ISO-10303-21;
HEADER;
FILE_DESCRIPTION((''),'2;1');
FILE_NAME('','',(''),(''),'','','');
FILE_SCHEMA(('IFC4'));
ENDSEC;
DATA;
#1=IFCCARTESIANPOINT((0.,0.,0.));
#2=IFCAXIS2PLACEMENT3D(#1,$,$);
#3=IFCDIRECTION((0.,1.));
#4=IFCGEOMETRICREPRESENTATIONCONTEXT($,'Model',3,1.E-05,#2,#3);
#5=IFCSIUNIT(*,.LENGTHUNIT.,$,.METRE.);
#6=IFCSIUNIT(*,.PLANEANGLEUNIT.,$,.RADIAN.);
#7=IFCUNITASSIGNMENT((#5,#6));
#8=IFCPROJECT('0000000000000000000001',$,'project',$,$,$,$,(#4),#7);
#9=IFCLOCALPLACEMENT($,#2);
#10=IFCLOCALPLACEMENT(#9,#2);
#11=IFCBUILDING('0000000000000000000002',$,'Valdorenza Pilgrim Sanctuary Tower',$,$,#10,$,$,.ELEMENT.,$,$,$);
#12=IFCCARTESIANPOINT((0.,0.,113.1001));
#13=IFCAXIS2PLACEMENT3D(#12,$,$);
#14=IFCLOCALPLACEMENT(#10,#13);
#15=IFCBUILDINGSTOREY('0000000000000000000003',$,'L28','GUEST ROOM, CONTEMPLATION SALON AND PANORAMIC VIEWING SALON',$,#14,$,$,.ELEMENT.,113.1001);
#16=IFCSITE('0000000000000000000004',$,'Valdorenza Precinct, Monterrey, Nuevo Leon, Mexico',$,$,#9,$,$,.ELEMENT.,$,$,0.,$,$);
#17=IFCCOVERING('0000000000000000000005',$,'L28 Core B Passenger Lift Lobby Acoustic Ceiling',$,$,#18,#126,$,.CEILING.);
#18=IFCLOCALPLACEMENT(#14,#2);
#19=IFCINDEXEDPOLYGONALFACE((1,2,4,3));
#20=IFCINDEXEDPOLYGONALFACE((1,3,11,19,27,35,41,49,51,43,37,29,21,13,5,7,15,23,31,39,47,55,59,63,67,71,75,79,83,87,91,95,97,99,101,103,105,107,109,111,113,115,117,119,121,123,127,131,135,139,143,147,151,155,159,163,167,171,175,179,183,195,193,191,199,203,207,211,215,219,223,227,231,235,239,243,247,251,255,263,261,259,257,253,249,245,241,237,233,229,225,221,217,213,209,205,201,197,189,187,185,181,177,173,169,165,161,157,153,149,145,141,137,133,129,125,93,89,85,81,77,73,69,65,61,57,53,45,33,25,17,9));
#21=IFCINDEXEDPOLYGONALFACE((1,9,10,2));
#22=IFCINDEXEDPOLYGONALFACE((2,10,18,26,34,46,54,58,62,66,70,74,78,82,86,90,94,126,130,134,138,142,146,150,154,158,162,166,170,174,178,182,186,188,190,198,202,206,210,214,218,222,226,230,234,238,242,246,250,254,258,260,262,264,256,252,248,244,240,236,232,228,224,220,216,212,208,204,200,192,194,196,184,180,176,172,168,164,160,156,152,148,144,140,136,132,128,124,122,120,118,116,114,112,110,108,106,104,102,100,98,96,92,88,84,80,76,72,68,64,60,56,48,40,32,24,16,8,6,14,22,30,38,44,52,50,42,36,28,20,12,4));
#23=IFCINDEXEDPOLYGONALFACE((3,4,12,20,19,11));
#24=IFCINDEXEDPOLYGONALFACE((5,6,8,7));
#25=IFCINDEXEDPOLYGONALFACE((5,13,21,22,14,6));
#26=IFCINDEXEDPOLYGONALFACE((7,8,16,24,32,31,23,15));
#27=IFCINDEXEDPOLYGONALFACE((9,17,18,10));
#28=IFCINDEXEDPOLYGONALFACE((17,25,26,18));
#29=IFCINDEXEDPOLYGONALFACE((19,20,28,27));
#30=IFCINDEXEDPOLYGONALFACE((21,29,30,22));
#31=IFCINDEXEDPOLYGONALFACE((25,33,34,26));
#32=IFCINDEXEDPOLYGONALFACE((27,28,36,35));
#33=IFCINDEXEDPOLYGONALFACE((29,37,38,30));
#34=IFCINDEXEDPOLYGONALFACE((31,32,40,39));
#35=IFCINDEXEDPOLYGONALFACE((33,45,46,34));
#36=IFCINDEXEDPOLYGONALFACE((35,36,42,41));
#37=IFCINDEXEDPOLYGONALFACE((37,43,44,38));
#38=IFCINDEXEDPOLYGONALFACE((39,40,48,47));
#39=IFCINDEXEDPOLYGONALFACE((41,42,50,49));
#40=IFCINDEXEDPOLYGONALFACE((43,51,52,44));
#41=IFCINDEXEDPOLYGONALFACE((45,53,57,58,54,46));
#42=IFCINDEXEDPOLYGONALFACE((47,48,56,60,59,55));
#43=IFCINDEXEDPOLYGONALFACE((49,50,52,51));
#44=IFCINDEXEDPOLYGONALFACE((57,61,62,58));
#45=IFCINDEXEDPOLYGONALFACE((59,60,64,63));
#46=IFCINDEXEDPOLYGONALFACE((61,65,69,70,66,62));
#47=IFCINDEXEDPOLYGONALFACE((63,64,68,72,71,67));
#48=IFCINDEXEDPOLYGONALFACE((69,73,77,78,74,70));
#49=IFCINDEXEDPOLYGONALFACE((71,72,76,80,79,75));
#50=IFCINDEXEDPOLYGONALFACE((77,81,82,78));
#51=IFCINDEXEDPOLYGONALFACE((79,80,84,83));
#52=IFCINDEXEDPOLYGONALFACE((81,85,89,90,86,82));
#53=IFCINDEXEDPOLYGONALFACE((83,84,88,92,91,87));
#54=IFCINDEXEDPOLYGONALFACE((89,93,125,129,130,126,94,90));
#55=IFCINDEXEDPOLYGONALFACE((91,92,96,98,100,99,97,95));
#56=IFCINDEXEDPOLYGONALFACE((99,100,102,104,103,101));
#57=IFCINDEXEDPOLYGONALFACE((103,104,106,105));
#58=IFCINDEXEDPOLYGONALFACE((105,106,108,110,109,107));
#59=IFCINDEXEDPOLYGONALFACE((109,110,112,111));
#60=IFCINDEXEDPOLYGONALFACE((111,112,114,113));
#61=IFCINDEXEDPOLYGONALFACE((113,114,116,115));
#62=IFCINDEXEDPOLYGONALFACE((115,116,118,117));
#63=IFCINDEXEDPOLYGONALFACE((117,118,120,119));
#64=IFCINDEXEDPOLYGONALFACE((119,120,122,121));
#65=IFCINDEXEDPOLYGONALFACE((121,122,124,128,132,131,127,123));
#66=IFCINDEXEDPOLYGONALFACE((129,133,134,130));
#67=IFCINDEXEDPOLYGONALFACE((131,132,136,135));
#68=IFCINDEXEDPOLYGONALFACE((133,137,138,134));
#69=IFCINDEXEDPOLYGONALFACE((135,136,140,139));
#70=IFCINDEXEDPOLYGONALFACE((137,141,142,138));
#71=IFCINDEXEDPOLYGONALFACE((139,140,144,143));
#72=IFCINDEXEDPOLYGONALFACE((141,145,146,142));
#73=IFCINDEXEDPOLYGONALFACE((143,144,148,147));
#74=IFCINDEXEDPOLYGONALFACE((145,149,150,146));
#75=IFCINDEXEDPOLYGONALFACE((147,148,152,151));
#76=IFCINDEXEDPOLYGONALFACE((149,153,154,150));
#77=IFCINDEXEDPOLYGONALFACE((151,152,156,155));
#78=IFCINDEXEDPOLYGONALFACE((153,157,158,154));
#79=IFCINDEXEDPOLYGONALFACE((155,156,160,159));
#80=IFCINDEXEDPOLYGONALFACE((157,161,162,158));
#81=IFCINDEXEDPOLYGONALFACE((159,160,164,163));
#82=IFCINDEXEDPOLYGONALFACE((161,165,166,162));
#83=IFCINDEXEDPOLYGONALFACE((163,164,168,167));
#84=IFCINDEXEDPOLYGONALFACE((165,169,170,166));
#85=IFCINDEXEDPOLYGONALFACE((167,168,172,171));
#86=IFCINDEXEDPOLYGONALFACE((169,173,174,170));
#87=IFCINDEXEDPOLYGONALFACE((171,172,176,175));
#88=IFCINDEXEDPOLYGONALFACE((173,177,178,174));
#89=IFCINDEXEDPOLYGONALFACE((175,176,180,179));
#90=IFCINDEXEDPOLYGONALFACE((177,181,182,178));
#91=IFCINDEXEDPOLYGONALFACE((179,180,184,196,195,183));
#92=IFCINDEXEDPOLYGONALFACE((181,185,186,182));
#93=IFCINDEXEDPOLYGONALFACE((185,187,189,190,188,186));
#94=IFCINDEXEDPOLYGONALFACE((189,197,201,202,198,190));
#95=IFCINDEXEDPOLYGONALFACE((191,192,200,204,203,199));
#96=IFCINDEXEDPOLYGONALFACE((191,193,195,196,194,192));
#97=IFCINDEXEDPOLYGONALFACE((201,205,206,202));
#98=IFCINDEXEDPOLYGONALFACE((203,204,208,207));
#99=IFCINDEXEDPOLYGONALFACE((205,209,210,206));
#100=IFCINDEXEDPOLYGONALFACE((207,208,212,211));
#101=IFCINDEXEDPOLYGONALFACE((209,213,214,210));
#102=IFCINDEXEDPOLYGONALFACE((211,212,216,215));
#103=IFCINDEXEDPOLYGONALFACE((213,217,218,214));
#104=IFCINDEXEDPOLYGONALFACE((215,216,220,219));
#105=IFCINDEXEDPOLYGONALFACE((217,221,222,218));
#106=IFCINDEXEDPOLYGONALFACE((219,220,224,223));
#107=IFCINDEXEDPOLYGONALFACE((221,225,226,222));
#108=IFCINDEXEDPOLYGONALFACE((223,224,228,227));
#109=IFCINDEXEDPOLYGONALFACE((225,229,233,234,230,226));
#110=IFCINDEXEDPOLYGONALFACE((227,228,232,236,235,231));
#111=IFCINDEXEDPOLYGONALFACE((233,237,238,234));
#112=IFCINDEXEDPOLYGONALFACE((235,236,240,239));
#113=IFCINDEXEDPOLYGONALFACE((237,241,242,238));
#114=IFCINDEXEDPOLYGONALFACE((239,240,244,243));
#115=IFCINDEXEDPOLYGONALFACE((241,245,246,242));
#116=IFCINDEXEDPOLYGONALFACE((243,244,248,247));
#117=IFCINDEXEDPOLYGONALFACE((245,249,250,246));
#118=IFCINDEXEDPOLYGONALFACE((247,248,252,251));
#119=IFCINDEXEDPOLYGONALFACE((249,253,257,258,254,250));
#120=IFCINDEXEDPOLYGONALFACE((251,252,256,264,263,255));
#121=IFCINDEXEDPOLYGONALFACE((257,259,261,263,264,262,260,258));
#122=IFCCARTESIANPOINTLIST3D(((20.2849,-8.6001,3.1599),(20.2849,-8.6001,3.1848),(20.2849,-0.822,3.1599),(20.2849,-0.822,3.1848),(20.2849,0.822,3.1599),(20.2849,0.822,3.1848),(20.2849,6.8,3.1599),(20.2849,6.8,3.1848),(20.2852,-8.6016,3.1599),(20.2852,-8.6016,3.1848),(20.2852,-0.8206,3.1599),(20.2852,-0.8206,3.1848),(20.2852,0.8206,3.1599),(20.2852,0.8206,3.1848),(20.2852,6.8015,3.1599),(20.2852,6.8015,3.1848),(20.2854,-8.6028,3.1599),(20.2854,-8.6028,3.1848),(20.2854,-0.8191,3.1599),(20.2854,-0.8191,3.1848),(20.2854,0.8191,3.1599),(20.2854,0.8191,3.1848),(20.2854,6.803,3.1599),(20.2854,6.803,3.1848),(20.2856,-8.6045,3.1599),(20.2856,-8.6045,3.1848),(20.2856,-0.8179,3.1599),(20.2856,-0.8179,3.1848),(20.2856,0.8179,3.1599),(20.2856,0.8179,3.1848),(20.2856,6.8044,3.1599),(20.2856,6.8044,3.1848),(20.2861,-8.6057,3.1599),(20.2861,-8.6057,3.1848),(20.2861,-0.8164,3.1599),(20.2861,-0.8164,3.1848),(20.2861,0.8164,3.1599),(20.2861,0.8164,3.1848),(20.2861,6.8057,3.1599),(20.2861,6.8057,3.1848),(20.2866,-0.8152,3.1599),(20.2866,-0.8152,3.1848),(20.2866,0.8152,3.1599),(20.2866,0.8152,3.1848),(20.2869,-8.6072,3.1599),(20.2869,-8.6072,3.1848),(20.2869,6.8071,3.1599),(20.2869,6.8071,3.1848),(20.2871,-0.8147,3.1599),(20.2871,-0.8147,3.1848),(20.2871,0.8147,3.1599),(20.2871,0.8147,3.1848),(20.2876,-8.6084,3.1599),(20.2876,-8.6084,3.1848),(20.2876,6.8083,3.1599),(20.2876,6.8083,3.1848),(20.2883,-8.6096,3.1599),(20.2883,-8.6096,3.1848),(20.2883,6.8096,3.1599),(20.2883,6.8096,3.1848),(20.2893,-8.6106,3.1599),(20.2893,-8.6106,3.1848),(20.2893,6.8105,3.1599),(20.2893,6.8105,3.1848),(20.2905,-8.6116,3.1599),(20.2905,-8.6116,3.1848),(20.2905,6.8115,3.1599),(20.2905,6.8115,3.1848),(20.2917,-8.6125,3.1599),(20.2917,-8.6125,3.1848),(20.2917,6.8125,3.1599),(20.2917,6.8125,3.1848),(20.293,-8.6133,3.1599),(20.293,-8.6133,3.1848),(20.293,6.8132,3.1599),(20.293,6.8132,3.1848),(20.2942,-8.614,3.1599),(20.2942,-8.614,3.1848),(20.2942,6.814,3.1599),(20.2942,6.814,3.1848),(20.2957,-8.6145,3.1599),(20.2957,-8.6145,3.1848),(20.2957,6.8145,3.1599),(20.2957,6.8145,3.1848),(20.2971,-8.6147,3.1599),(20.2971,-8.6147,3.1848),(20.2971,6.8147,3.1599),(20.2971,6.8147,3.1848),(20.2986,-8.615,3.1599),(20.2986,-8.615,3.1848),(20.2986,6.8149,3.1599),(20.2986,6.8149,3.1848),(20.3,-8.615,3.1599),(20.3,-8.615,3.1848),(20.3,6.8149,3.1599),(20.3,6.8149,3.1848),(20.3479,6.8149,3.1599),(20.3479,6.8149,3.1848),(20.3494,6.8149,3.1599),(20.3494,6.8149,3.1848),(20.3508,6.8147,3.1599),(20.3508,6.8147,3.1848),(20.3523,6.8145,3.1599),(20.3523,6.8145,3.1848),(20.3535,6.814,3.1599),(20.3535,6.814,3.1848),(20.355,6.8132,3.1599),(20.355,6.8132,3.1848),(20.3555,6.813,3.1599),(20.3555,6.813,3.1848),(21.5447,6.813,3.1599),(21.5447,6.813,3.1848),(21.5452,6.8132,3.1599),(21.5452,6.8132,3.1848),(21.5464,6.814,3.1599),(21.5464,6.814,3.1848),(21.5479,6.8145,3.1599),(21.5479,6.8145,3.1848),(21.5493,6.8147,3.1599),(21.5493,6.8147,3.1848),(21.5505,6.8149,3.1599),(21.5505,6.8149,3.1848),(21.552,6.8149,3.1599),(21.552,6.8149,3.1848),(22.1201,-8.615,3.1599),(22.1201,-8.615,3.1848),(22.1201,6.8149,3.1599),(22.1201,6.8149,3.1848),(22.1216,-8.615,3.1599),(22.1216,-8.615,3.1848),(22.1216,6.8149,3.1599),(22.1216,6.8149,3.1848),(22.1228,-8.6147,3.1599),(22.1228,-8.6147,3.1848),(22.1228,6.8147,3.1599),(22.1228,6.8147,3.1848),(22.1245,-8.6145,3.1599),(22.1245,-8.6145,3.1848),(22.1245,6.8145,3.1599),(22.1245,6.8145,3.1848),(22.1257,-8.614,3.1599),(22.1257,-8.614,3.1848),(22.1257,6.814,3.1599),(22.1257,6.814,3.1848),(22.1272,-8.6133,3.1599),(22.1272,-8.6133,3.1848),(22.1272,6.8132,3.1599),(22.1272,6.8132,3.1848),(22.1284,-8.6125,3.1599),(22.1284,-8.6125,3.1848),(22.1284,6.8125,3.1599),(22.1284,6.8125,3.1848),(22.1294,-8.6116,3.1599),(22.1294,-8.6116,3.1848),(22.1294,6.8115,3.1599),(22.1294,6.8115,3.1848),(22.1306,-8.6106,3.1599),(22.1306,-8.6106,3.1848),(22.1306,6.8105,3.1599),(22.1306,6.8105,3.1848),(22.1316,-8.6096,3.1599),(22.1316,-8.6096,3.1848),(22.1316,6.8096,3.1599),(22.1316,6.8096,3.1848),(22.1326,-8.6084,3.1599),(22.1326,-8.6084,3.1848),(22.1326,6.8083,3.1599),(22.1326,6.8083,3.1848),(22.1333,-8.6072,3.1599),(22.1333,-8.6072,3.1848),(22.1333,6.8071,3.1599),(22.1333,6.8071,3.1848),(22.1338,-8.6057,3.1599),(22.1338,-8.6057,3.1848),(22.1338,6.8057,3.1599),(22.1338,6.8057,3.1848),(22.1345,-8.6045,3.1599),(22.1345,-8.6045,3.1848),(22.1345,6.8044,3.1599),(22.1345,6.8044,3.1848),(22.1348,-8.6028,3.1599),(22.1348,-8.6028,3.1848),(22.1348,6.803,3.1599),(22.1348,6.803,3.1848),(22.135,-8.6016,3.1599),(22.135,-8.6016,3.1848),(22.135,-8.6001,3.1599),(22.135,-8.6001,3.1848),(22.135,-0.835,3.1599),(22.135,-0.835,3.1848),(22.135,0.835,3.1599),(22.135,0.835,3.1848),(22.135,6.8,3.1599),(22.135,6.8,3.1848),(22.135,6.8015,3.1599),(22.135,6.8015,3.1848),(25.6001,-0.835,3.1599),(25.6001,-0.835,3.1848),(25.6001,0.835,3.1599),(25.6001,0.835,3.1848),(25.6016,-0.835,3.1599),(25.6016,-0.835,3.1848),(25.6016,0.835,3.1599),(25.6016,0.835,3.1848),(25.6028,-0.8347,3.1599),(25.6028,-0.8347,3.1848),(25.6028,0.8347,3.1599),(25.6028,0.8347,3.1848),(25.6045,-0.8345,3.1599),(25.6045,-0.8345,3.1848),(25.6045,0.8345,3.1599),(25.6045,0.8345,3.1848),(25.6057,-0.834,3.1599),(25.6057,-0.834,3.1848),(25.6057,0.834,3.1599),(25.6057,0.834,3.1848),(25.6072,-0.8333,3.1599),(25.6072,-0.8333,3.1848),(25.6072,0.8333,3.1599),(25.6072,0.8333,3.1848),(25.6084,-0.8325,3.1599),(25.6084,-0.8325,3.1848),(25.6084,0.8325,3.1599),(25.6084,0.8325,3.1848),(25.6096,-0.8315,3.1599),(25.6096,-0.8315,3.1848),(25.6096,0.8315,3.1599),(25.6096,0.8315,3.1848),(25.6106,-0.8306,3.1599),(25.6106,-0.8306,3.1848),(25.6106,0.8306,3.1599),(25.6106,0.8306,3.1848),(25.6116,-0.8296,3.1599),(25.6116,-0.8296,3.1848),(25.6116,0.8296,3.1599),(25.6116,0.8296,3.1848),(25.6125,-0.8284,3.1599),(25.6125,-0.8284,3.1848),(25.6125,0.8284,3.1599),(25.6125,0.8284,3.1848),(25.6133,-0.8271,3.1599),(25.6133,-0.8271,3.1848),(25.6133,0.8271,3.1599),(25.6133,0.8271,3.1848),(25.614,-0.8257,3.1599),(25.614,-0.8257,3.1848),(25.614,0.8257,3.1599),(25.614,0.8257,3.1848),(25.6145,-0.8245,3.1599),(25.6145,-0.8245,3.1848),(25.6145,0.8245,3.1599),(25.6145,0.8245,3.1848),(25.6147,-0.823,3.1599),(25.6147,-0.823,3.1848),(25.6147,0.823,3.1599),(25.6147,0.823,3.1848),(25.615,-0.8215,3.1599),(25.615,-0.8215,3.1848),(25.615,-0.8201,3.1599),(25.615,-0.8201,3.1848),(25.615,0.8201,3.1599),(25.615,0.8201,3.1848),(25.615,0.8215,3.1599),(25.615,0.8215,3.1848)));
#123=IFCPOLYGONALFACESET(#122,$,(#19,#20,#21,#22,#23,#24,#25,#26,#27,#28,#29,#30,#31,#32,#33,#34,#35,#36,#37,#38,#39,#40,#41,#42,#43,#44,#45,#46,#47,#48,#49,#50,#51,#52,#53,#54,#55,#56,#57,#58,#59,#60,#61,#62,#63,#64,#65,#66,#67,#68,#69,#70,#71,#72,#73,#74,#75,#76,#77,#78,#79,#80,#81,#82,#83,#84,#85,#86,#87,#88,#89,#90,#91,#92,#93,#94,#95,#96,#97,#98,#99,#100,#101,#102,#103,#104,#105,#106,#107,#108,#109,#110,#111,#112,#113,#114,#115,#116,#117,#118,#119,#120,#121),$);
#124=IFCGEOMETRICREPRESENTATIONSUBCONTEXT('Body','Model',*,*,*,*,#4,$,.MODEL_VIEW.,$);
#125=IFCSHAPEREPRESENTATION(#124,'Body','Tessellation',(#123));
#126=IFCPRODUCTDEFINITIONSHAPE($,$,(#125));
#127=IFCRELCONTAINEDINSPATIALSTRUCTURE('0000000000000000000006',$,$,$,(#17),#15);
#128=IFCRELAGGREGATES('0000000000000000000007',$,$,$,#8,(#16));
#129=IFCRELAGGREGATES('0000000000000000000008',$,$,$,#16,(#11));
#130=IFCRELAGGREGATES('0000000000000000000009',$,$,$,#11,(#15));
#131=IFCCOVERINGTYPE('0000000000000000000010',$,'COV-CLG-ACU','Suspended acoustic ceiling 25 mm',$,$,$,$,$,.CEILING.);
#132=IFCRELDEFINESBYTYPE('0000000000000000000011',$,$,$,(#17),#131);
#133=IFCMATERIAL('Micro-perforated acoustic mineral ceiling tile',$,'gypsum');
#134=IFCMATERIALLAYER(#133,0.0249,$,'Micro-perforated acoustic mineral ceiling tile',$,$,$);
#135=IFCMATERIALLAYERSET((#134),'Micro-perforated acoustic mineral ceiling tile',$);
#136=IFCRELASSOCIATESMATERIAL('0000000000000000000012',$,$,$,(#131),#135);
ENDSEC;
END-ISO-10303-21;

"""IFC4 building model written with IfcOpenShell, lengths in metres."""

from ifc_helpers import new_model, si_unit, direction, frame, origin, place, context, subcontext, project, spatial, polyline, outline, extrude, material, layer, layer_set, type_object, element, save


model = new_model("IFC4")

# Units and contexts
model_context = context("Model", 3, precision=1e-05, world=origin(), true_north=direction((0.0, 1.0)))
body_context = subcontext(model_context, "Body", "Model", "MODEL_VIEW")
ifc_project = project(units=[si_unit("LENGTHUNIT", "METRE"), si_unit("PLANEANGLEUNIT", "RADIAN")], contexts=[model_context])

# Site, building, storey
site_placement = place(None, origin())
site = spatial("IfcSite", under=ifc_project, at=site_placement, Name="Valdorenza Precinct, Monterrey, Nuevo Leon, Mexico", CompositionType="ELEMENT", RefElevation=0.0)
building_placement = place(site_placement, origin())
building = spatial("IfcBuilding", under=site, at=building_placement, Name="Valdorenza Pilgrim Sanctuary Tower", CompositionType="ELEMENT")
storey_placement = place(building_placement, frame((0.0, 0.0, 113.1001)))
storey = spatial("IfcBuildingStorey", under=building, at=storey_placement, Name="L28", Description="GUEST ROOM, CONTEMPLATION SALON AND PANORAMIC VIEWING SALON", CompositionType="ELEMENT", Elevation=113.1001)

# Covering
ifc_material_1 = material(Name="Micro-perforated acoustic mineral ceiling tile", Category="gypsum")
ifc_layer_1 = layer(ifc_material_1, 0.0249, Name="Micro-perforated acoustic mineral ceiling tile")
ifc_layer_set_1 = layer_set([ifc_layer_1], Name="Micro-perforated acoustic mineral ceiling tile")
covering_type_1 = type_object("IfcCoveringType", Name="COV-CLG-ACU", Description="Suspended acoustic ceiling 25 mm", PredefinedType="CEILING", material=ifc_layer_set_1)
covering_1_placement = place(storey_placement, frame((0.0, 0.0, 3.1599)))
element("IfcCovering", 1, at=covering_1_placement, inside=storey, type_object=covering_type_1, Name="L28 Core B Passenger Lift Lobby Acoustic Ceiling", PredefinedType="CEILING", context=body_context, shape_type="SweptSolid", body=[
    extrude(outline(polyline([(20.2871, -0.8147), (20.2871, 0.8147), (20.2866, 0.8152), (20.2861, 0.8164), (20.2856, 0.8179), (20.2854, 0.8191), (20.2852, 0.8206), (20.2849, 0.822), (20.2849, 6.8), (20.2852, 6.8015), (20.2854, 6.803), (20.2856, 6.8044), (20.2861, 6.8057), (20.2869, 6.8071), (20.2876, 6.8083), (20.2883, 6.8096), (20.2893, 6.8105), (20.2905, 6.8115), (20.2917, 6.8125), (20.293, 6.8132), (20.2942, 6.814), (20.2957, 6.8145), (20.2971, 6.8147), (20.2986, 6.8149), (20.3, 6.8149), (20.3479, 6.8149), (20.3494, 6.8149), (20.3508, 6.8147), (20.3523, 6.8145), (20.3535, 6.814), (20.355, 6.8132), (20.3555, 6.813), (21.5447, 6.813), (21.5452, 6.8132), (21.5464, 6.814), (21.5479, 6.8145), (21.5493, 6.8147), (21.5505, 6.8149), (21.552, 6.8149), (22.1201, 6.8149), (22.1216, 6.8149), (22.1228, 6.8147), (22.1245, 6.8145), (22.1257, 6.814), (22.1272, 6.8132), (22.1284, 6.8125), (22.1294, 6.8115), (22.1306, 6.8105), (22.1316, 6.8096), (22.1326, 6.8083), (22.1333, 6.8071), (22.1338, 6.8057), (22.1345, 6.8044), (22.1348, 6.803), (22.135, 6.8015), (22.135, 6.8), (22.135, 0.835), (25.6001, 0.835), (25.6016, 0.835), (25.6028, 0.8347), (25.6045, 0.8345), (25.6057, 0.834), (25.6072, 0.8333), (25.6084, 0.8325), (25.6096, 0.8315), (25.6106, 0.8306), (25.6116, 0.8296), (25.6125, 0.8284), (25.6133, 0.8271), (25.614, 0.8257), (25.6145, 0.8245), (25.6147, 0.823), (25.615, 0.8215), (25.615, 0.8201), (25.615, -0.8201), (25.615, -0.8215), (25.6147, -0.823), (25.6145, -0.8245), (25.614, -0.8257), (25.6133, -0.8271), (25.6125, -0.8284), (25.6116, -0.8296), (25.6106, -0.8306), (25.6096, -0.8315), (25.6084, -0.8325), (25.6072, -0.8333), (25.6057, -0.834), (25.6045, -0.8345), (25.6028, -0.8347), (25.6016, -0.835), (25.6001, -0.835), (22.135, -0.835), (22.135, -8.6001), (22.135, -8.6016), (22.1348, -8.6028), (22.1345, -8.6045), (22.1338, -8.6057), (22.1333, -8.6072), (22.1326, -8.6084), (22.1316, -8.6096), (22.1306, -8.6106), (22.1294, -8.6116), (22.1284, -8.6125), (22.1272, -8.6133), (22.1257, -8.614), (22.1245, -8.6145), (22.1228, -8.6147), (22.1216, -8.615), (22.1201, -8.615), (20.3, -8.615), (20.2986, -8.615), (20.2971, -8.6147), (20.2957, -8.6145), (20.2942, -8.614), (20.293, -8.6133), (20.2917, -8.6125), (20.2905, -8.6116), (20.2893, -8.6106), (20.2883, -8.6096), (20.2876, -8.6084), (20.2869, -8.6072), (20.2861, -8.6057), (20.2856, -8.6045), (20.2854, -8.6028), (20.2852, -8.6016), (20.2849, -8.6001), (20.2849, -0.822), (20.2852, -0.8206), (20.2854, -0.8191), (20.2856, -0.8179), (20.2861, -0.8164), (20.2866, -0.8152), (20.2871, -0.8147)])), origin(), (0.0, 0.0, 1.0), 0.0249),
])

save(model, "model.ifc")
